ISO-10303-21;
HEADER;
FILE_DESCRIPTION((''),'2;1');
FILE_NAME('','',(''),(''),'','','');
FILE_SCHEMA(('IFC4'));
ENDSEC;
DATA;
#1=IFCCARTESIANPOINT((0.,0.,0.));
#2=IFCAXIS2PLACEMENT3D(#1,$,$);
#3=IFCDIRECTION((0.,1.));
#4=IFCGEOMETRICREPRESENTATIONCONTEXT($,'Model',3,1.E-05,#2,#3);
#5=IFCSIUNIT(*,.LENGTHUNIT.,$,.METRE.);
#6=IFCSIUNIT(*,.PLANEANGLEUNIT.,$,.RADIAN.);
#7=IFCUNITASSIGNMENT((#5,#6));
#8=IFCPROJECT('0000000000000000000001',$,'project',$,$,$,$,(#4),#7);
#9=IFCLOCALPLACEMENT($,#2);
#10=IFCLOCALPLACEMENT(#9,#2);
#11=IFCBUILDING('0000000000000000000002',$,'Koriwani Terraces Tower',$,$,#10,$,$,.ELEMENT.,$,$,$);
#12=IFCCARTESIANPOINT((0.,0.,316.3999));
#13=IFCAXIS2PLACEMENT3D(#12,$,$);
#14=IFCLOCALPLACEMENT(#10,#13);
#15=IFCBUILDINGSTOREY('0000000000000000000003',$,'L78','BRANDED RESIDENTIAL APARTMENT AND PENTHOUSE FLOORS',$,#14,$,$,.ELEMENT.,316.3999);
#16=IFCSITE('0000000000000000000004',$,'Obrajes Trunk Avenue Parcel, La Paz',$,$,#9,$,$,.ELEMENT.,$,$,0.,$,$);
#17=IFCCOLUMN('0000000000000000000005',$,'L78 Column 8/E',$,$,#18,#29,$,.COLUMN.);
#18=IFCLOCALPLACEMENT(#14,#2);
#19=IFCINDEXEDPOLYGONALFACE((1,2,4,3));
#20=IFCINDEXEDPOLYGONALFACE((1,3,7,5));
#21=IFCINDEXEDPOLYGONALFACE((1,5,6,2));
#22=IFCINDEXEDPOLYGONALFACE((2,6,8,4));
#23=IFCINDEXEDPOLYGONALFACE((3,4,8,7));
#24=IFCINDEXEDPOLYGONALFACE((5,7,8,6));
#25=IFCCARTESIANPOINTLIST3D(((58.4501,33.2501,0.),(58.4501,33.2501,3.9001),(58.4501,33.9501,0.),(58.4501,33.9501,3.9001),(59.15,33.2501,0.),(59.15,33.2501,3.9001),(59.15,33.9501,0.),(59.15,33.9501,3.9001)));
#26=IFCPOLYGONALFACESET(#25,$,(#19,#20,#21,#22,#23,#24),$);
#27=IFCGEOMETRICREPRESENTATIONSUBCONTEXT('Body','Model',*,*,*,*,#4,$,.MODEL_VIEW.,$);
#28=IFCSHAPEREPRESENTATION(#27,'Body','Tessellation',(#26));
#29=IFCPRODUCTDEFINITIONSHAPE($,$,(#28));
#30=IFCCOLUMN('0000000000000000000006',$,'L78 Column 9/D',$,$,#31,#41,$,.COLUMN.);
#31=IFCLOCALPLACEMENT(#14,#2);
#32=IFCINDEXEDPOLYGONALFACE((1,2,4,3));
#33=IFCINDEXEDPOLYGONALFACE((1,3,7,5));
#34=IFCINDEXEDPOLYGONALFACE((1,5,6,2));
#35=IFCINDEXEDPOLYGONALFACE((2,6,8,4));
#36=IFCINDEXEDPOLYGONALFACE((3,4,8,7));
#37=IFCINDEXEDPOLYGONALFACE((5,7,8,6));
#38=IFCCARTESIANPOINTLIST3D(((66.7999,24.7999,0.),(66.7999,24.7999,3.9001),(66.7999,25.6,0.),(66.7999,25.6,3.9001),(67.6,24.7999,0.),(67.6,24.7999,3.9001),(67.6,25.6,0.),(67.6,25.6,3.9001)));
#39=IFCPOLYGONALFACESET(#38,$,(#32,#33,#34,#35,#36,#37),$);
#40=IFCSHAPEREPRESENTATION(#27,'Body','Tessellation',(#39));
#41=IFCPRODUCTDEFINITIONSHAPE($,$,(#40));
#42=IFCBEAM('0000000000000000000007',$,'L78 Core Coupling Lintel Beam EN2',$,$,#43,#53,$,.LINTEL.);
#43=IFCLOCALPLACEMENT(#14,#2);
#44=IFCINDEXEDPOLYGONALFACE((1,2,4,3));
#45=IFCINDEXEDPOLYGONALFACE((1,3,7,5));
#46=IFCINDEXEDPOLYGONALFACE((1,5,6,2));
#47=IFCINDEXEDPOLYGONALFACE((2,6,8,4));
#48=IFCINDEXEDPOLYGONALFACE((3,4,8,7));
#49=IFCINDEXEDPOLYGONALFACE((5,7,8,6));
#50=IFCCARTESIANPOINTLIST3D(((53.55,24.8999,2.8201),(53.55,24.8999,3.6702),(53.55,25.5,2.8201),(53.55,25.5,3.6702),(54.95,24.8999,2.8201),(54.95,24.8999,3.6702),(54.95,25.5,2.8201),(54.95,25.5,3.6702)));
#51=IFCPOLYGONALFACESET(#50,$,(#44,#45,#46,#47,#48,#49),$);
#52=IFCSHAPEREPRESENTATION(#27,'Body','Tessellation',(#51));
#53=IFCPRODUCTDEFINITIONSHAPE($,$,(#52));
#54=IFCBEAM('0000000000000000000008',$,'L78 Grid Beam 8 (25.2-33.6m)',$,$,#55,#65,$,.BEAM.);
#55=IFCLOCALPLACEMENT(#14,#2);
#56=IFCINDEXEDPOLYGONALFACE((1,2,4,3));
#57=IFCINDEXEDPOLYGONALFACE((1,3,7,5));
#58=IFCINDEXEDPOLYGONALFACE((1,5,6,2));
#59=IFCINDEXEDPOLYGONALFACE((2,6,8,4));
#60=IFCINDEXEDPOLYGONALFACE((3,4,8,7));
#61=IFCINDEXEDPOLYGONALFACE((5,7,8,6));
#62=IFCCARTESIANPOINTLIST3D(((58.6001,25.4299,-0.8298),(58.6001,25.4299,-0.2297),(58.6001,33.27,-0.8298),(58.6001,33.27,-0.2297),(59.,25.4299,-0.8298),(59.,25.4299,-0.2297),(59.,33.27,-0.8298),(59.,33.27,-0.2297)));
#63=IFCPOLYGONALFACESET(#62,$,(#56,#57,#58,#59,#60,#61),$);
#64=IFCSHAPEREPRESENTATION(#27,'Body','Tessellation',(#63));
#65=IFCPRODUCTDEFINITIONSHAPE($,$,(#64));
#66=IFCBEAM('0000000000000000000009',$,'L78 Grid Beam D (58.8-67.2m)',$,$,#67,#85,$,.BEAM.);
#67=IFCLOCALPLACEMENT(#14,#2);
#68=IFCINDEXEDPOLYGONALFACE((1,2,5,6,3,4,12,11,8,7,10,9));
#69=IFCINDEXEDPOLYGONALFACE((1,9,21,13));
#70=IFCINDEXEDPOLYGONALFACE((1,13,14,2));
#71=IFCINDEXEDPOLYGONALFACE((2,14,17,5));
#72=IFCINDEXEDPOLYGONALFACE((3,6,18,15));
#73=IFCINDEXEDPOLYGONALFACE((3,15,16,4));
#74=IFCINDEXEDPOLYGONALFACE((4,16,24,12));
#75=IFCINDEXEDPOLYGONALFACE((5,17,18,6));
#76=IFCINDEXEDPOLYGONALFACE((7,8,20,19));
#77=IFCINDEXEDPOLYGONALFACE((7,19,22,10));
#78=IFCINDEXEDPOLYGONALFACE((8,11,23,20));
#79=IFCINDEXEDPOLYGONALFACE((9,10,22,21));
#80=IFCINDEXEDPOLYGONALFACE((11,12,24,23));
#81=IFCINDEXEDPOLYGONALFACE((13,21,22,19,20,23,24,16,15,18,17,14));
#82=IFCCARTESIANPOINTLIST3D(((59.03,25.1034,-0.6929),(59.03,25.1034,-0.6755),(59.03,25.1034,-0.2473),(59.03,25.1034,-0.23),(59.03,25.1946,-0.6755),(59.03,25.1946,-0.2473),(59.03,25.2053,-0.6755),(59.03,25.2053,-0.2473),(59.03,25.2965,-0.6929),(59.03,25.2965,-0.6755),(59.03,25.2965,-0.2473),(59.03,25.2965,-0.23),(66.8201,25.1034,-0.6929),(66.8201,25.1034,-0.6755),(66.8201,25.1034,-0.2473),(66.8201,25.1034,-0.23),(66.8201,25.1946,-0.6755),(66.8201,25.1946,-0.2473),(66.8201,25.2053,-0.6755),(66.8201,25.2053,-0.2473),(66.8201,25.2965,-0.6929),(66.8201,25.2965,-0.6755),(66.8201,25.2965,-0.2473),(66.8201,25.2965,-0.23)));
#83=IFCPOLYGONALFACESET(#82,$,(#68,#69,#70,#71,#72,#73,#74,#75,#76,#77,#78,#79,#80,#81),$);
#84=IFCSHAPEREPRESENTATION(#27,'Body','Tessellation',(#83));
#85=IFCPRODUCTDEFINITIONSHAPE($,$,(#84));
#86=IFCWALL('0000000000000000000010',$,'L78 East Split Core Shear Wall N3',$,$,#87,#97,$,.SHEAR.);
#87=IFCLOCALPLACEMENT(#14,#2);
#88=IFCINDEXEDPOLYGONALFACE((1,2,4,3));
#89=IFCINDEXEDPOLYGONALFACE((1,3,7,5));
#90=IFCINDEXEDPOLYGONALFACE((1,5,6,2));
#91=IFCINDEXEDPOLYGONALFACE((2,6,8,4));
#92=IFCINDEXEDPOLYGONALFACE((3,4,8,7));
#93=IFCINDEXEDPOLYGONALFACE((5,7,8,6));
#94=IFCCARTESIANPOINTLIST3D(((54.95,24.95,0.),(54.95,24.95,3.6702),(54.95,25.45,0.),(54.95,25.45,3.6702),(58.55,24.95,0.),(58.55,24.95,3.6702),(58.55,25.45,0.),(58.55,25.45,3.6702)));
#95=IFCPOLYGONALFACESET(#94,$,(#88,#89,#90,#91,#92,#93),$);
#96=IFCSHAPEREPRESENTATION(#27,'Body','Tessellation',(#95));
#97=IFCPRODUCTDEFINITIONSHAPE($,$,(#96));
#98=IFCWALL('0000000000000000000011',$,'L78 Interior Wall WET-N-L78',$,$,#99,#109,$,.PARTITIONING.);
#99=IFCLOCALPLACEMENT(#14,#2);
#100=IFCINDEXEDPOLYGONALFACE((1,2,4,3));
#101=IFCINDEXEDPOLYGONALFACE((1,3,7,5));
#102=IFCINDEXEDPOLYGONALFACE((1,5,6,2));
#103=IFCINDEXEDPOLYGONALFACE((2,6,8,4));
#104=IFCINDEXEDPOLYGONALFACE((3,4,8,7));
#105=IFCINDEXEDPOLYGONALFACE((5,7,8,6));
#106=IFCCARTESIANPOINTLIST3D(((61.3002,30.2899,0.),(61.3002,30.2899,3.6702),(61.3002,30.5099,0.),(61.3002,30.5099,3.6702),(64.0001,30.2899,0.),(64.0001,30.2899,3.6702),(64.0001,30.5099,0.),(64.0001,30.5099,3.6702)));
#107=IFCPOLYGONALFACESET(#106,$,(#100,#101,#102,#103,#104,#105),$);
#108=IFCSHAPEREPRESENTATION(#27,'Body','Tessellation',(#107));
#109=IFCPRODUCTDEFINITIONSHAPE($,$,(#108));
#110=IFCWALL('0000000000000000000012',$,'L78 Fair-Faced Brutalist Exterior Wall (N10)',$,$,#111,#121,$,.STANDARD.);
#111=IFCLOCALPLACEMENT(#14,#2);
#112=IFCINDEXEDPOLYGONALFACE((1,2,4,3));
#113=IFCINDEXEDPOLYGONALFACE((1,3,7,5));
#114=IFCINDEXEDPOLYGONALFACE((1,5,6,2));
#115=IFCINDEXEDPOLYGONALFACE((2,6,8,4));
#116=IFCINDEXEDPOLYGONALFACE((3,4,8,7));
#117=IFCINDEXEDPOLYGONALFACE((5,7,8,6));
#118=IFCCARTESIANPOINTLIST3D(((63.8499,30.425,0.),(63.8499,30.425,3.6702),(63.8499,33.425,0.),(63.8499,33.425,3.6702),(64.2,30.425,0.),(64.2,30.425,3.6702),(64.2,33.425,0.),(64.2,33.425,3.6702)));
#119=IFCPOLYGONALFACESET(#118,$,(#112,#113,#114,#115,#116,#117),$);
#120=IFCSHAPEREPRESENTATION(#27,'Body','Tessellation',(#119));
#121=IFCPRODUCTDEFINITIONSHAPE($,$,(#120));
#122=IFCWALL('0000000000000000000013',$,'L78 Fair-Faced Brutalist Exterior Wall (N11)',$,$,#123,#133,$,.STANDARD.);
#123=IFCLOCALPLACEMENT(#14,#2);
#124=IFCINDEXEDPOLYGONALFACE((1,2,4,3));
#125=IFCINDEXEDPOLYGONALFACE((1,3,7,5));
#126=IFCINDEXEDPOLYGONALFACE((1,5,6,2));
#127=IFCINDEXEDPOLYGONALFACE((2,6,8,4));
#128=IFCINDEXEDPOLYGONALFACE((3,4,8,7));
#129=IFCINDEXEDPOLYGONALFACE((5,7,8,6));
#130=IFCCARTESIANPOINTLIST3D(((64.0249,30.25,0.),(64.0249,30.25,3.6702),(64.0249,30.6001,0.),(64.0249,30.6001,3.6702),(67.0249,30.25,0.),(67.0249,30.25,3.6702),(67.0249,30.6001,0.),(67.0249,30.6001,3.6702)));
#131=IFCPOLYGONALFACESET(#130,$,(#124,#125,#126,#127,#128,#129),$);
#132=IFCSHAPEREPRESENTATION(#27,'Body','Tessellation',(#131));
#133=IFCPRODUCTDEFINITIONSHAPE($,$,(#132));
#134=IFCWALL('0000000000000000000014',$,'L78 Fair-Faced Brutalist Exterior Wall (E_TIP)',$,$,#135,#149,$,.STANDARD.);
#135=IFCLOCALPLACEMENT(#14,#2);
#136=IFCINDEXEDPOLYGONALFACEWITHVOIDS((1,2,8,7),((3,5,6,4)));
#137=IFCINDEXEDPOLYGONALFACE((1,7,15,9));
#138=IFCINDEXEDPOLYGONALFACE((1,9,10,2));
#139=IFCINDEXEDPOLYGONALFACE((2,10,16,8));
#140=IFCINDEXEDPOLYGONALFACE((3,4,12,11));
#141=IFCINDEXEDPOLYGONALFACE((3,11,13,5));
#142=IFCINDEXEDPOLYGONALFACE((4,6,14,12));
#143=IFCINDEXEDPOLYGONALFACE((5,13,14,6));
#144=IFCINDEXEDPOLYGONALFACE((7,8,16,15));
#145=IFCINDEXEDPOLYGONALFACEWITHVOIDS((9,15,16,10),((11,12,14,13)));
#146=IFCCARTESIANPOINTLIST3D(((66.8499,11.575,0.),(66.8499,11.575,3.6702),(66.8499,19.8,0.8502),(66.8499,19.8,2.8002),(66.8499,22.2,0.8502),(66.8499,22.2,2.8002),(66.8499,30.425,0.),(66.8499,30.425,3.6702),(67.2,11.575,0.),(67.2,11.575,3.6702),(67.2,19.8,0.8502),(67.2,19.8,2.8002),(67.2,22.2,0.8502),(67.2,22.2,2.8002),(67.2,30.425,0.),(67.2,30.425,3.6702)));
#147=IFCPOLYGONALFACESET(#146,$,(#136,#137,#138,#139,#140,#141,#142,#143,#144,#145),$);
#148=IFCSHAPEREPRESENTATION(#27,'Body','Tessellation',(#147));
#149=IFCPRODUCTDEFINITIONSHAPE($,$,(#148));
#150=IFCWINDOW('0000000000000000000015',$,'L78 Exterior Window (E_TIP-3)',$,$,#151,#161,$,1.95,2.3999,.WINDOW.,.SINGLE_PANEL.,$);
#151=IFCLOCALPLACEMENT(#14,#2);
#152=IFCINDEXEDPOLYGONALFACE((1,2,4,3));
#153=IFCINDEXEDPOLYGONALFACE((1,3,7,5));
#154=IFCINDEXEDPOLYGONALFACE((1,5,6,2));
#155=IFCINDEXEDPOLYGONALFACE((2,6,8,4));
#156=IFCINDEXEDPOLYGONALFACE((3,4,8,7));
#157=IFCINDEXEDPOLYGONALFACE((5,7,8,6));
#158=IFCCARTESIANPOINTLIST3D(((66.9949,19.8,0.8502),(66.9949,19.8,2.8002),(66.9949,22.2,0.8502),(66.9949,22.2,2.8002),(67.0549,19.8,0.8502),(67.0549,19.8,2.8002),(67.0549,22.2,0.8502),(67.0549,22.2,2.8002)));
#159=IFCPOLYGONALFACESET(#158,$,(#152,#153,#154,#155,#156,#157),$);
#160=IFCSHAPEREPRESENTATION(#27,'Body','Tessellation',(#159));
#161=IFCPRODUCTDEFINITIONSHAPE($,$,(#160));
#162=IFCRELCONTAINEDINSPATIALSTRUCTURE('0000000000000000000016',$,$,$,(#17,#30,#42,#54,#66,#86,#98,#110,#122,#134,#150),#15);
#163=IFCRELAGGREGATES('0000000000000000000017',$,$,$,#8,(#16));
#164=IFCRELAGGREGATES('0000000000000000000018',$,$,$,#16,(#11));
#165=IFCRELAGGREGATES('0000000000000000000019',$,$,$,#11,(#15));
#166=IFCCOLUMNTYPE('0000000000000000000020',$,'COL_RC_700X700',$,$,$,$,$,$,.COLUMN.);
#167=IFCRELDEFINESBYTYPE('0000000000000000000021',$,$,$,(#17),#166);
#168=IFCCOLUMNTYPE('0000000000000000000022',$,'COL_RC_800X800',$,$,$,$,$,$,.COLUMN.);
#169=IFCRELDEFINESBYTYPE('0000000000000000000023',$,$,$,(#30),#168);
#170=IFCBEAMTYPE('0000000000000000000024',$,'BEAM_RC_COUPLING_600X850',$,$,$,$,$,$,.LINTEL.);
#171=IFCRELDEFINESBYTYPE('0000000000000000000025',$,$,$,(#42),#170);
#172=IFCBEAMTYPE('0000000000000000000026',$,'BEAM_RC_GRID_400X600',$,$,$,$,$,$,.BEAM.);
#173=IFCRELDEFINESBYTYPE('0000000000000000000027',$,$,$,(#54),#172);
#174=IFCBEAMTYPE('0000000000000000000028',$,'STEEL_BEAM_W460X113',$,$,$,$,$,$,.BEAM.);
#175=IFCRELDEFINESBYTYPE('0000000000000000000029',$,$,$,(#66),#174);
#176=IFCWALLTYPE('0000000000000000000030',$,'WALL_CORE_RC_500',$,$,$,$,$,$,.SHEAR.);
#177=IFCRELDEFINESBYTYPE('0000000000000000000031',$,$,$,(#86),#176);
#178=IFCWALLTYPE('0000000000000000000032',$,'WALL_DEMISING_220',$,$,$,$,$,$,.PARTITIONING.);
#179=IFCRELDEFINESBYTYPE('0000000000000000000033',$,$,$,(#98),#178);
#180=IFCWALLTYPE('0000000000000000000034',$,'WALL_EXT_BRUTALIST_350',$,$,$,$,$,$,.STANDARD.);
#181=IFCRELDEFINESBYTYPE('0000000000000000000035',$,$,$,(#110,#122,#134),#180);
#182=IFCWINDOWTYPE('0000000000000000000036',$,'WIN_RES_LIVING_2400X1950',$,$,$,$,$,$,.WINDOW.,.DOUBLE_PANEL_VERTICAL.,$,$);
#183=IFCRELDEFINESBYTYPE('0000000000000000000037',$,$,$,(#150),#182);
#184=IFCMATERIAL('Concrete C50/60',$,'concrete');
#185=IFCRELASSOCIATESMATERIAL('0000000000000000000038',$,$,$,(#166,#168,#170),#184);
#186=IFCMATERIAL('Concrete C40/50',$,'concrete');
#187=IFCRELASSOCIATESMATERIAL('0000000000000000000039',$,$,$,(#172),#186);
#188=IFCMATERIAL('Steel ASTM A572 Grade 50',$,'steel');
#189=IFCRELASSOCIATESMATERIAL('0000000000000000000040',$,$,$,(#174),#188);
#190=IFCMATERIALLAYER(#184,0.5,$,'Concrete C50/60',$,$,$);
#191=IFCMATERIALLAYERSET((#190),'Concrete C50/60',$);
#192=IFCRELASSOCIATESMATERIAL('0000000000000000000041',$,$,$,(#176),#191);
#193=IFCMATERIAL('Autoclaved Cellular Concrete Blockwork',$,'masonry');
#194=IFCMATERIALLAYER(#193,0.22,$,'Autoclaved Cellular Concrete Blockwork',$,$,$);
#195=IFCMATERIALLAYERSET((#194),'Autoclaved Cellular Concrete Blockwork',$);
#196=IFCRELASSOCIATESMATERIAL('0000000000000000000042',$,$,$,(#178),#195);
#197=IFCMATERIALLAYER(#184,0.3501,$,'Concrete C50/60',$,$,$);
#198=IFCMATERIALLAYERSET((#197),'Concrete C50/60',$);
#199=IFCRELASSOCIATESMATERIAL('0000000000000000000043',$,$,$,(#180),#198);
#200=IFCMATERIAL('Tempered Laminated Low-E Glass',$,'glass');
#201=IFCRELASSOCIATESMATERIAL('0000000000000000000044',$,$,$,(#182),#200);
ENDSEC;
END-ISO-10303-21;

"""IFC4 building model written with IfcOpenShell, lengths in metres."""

from ifc_helpers import new_model, si_unit, direction, frame, frame_2d, origin, origin_2d, place, context, subcontext, project, spatial, rectangle, i_section, extrude, material, layer, layer_set, material_profile, profile_set, type_object, element, fill, save


model = new_model("IFC4")

# Units and contexts
model_context = context("Model", 3, precision=1e-05, world=origin(), true_north=direction((0.0, 1.0)))
body_context = subcontext(model_context, "Body", "Model", "MODEL_VIEW")
ifc_project = project(units=[si_unit("LENGTHUNIT", "METRE"), si_unit("PLANEANGLEUNIT", "RADIAN")], contexts=[model_context])

# Site, building, storey
site_placement = place(None, origin())
site = spatial("IfcSite", under=ifc_project, at=site_placement, Name="Obrajes Trunk Avenue Parcel, La Paz", CompositionType="ELEMENT", RefElevation=0.0)
building_placement = place(site_placement, origin())
building = spatial("IfcBuilding", under=site, at=building_placement, Name="Koriwani Terraces Tower", CompositionType="ELEMENT")
storey_placement = place(building_placement, frame((0.0, 0.0, 316.3999)))
storey = spatial("IfcBuildingStorey", under=building, at=storey_placement, Name="L78", Description="BRANDED RESIDENTIAL APARTMENT AND PENTHOUSE FLOORS", CompositionType="ELEMENT", Elevation=316.3999)

# Columns
ifc_material_1 = material(Name="Concrete C50/60", Category="concrete")
ifc_material_profile_1 = material_profile(ifc_material_1, rectangle(XDim=0.7, YDim=0.7, at=origin_2d()), Name="Concrete C50/60", Category="LoadBearing")
ifc_profile_set_1 = profile_set([ifc_material_profile_1], Name="Concrete C50/60")
column_type_1 = type_object("IfcColumnType", Name="COL_RC_700X700", PredefinedType="COLUMN", material=ifc_profile_set_1)
column_1_placement = place(storey_placement, frame((58.8, 33.6001, 0.0), z_axis=(0.0, 0.0, 1.0), x_axis=(1.0, 0.0, 0.0)))
element("IfcColumn", 1, at=column_1_placement, inside=storey, type_object=column_type_1, Name="L78 Column 8/E", PredefinedType="COLUMN", context=body_context, shape_type="SweptSolid", body=[
    extrude(rectangle(XDim=0.7, YDim=0.7, at=origin_2d()), origin(), (0.0, 0.0, 1.0), 3.9001),
])
ifc_material_profile_2 = material_profile(ifc_material_1, rectangle(XDim=0.8, YDim=0.8, at=origin_2d()), Name="Concrete C50/60", Category="LoadBearing")
ifc_profile_set_2 = profile_set([ifc_material_profile_2], Name="Concrete C50/60")
column_type_2 = type_object("IfcColumnType", Name="COL_RC_800X800", PredefinedType="COLUMN", material=ifc_profile_set_2)
column_2_placement = place(storey_placement, frame((67.2, 25.2, 0.0), z_axis=(0.0, 0.0, 1.0), x_axis=(1.0, 0.0, 0.0)))
element("IfcColumn", 2, at=column_2_placement, inside=storey, type_object=column_type_2, Name="L78 Column 9/D", PredefinedType="COLUMN", context=body_context, shape_type="SweptSolid", body=[
    extrude(rectangle(XDim=0.8, YDim=0.8, at=origin_2d()), origin(), (0.0, 0.0, 1.0), 3.9001),
])

# Beams
ifc_material_profile_3 = material_profile(ifc_material_1, rectangle(XDim=0.6001, YDim=0.8501, at=origin_2d()), Name="Concrete C50/60", Category="LoadBearing")
ifc_profile_set_3 = profile_set([ifc_material_profile_3], Name="Concrete C50/60")
beam_type_1 = type_object("IfcBeamType", Name="BEAM_RC_COUPLING_600X850", PredefinedType="LINTEL", material=ifc_profile_set_3)
beam_1_placement = place(storey_placement, frame((53.55, 25.2, 3.2451), z_axis=(1.0, 0.0, 0.0), x_axis=(0.0, 1.0, 0.0)))
element("IfcBeam", 3, at=beam_1_placement, inside=storey, type_object=beam_type_1, Name="L78 Core Coupling Lintel Beam EN2", PredefinedType="LINTEL", context=body_context, shape_type="SweptSolid", body=[
    extrude(rectangle(XDim=0.6001, YDim=0.8501, at=origin_2d()), origin(), (0.0, 0.0, 1.0), 1.3999),
])
ifc_material_2 = material(Name="Concrete C40/50", Category="concrete")
ifc_material_profile_4 = material_profile(ifc_material_2, rectangle(XDim=0.3999, YDim=0.6001, at=origin_2d()), Name="Concrete C40/50", Category="LoadBearing")
ifc_profile_set_4 = profile_set([ifc_material_profile_4], Name="Concrete C40/50")
beam_type_2 = type_object("IfcBeamType", Name="BEAM_RC_GRID_400X600", PredefinedType="BEAM", material=ifc_profile_set_4)
beam_2_placement = place(storey_placement, frame((58.8, 25.4299, -0.5298), z_axis=(0.0, 1.0, 0.0), x_axis=(-1.0, 0.0, 0.0)))
element("IfcBeam", 4, at=beam_2_placement, inside=storey, type_object=beam_type_2, Name="L78 Grid Beam 8 (25.2-33.6m)", PredefinedType="BEAM", context=body_context, shape_type="SweptSolid", body=[
    extrude(rectangle(XDim=0.3999, YDim=0.6001, at=origin_2d()), origin(), (0.0, 0.0, 1.0), 7.8401),
])
ifc_material_3 = material(Name="Steel ASTM A572 Grade 50", Category="steel")
ifc_material_profile_5 = material_profile(ifc_material_3, i_section(OverallWidth=0.1931, OverallDepth=0.4629, WebThickness=0.0107, FlangeThickness=0.0173, at=origin_2d()), Name="Steel ASTM A572 Grade 50", Category="LoadBearing")
ifc_profile_set_5 = profile_set([ifc_material_profile_5], Name="Steel ASTM A572 Grade 50")
beam_type_3 = type_object("IfcBeamType", Name="STEEL_BEAM_W460X113", PredefinedType="BEAM", material=ifc_profile_set_5)
beam_3_placement = place(storey_placement, frame((59.03, 25.2, -0.4614), z_axis=(1.0, 0.0, 0.0), x_axis=(0.0, 1.0, 0.0)))
element("IfcBeam", 5, at=beam_3_placement, inside=storey, type_object=beam_type_3, Name="L78 Grid Beam D (58.8-67.2m)", PredefinedType="BEAM", context=body_context, shape_type="SweptSolid", body=[
    extrude(i_section(OverallWidth=0.1931, OverallDepth=0.4629, WebThickness=0.0107, FlangeThickness=0.0173, at=origin_2d()), origin(), (0.0, 0.0, 1.0), 7.79),
])

# Walls
ifc_layer_1 = layer(ifc_material_1, 0.5, Name="Concrete C50/60")
ifc_layer_set_1 = layer_set([ifc_layer_1], Name="Concrete C50/60")
wall_type_1 = type_object("IfcWallType", Name="WALL_CORE_RC_500", PredefinedType="SHEAR", material=ifc_layer_set_1)
wall_1_placement = place(storey_placement, frame((54.95, 25.2, 0.0), z_axis=(0.0, 0.0, 1.0), x_axis=(1.0, 0.0, 0.0)))
element("IfcWall", 6, at=wall_1_placement, inside=storey, type_object=wall_type_1, Name="L78 East Split Core Shear Wall N3", PredefinedType="SHEAR", context=body_context, shape_type="SweptSolid", body=[
    extrude(rectangle(XDim=3.6001, YDim=0.5, at=frame_2d((1.8, 0.0))), origin(), (0.0, 0.0, 1.0), 3.6702),
])
ifc_material_4 = material(Name="Autoclaved Cellular Concrete Blockwork", Category="masonry")
ifc_layer_2 = layer(ifc_material_4, 0.22, Name="Autoclaved Cellular Concrete Blockwork")
ifc_layer_set_2 = layer_set([ifc_layer_2], Name="Autoclaved Cellular Concrete Blockwork")
wall_type_2 = type_object("IfcWallType", Name="WALL_DEMISING_220", PredefinedType="PARTITIONING", material=ifc_layer_set_2)
wall_2_placement = place(storey_placement, frame((61.3, 30.3999, 0.0), z_axis=(0.0, 0.0, 1.0), x_axis=(1.0, 0.0, 0.0)))
element("IfcWall", 7, at=wall_2_placement, inside=storey, type_object=wall_type_2, Name="L78 Interior Wall WET-N-L78", PredefinedType="PARTITIONING", context=body_context, shape_type="SweptSolid", body=[
    extrude(rectangle(XDim=2.7, YDim=0.22, at=frame_2d((1.3501, 0.0))), origin(), (0.0, 0.0, 1.0), 3.6702),
])
ifc_layer_3 = layer(ifc_material_1, 0.3501, Name="Concrete C50/60")
ifc_layer_set_3 = layer_set([ifc_layer_3], Name="Concrete C50/60")
wall_type_3 = type_object("IfcWallType", Name="WALL_EXT_BRUTALIST_350", PredefinedType="STANDARD", material=ifc_layer_set_3)
for number, where, z_axis, x_axis, name in (
    (8, (64.0249, 33.425, 0.0), (0.0, 0.0, 1.0), (0.0, -1.0, 0.0), "L78 Fair-Faced Brutalist Exterior Wall (N10)"),
    (9, (64.0249, 30.425, 0.0), (0.0, 0.0, 1.0), (1.0, 0.0, 0.0), "L78 Fair-Faced Brutalist Exterior Wall (N11)"),
):
    element("IfcWall", number, at=place(storey_placement, frame(where, z_axis=z_axis, x_axis=x_axis)), inside=storey, type_object=wall_type_3, Name=name, PredefinedType="STANDARD", context=body_context, shape_type="SweptSolid", body=[
        extrude(rectangle(XDim=3.0, YDim=0.3501, at=frame_2d((1.5, 0.0))), origin(), (0.0, 0.0, 1.0), 3.6702),
    ])

# Wall, opening, window
wall_3_placement = place(storey_placement, frame((67.0249, 30.425, 0.0), z_axis=(0.0, 0.0, 1.0), x_axis=(0.0, -1.0, 0.0)))
wall_3 = element("IfcWall", 10, at=wall_3_placement, inside=storey, type_object=wall_type_3, Name="L78 Fair-Faced Brutalist Exterior Wall (E_TIP)", PredefinedType="STANDARD", context=body_context, shape_type="SweptSolid", body=[
    extrude(rectangle(XDim=18.8501, YDim=0.3501, at=frame_2d((9.425, 0.0))), origin(), (0.0, 0.0, 1.0), 3.6702),
])
opening_1_placement = place(wall_3_placement, frame((8.2251, 0.0, 0.8501)))
opening_1 = element("IfcOpeningElement", 11, at=opening_1_placement, cuts=wall_3, PredefinedType="OPENING", context=body_context, shape_type="SweptSolid", body=[
    extrude(rectangle(XDim=2.3999, YDim=1.95, at=frame_2d((1.2, 0.9751))), frame((0.0, 0.1851, 0.0), z_axis=(0.0, -1.0, 0.0), x_axis=(1.0, 0.0, 0.0)), (0.0, 0.0, 1.0), 0.3701),
])
ifc_material_5 = material(Name="Tempered Laminated Low-E Glass", Category="glass")
window_type = type_object("IfcWindowType", Name="WIN_RES_LIVING_2400X1950", PartitioningType="DOUBLE_PANEL_VERTICAL", PredefinedType="WINDOW", material=ifc_material_5)
window_placement = place(opening_1_placement, origin())
window = element("IfcWindow", 12, at=window_placement, inside=storey, type_object=window_type, Name="L78 Exterior Window (E_TIP-3)", OverallHeight=1.95, OverallWidth=2.3999, PartitioningType="SINGLE_PANEL", PredefinedType="WINDOW", context=body_context, shape_type="SweptSolid", body=[
    extrude(rectangle(XDim=2.3999, YDim=1.95, at=frame_2d((1.2, 0.9751))), frame((0.0, 0.03, 0.0), z_axis=(0.0, -1.0, 0.0), x_axis=(1.0, 0.0, 0.0)), (0.0, 0.0, 1.0), 0.0601),
])
fill(opening_1, window)

save(model, "model.ifc")
